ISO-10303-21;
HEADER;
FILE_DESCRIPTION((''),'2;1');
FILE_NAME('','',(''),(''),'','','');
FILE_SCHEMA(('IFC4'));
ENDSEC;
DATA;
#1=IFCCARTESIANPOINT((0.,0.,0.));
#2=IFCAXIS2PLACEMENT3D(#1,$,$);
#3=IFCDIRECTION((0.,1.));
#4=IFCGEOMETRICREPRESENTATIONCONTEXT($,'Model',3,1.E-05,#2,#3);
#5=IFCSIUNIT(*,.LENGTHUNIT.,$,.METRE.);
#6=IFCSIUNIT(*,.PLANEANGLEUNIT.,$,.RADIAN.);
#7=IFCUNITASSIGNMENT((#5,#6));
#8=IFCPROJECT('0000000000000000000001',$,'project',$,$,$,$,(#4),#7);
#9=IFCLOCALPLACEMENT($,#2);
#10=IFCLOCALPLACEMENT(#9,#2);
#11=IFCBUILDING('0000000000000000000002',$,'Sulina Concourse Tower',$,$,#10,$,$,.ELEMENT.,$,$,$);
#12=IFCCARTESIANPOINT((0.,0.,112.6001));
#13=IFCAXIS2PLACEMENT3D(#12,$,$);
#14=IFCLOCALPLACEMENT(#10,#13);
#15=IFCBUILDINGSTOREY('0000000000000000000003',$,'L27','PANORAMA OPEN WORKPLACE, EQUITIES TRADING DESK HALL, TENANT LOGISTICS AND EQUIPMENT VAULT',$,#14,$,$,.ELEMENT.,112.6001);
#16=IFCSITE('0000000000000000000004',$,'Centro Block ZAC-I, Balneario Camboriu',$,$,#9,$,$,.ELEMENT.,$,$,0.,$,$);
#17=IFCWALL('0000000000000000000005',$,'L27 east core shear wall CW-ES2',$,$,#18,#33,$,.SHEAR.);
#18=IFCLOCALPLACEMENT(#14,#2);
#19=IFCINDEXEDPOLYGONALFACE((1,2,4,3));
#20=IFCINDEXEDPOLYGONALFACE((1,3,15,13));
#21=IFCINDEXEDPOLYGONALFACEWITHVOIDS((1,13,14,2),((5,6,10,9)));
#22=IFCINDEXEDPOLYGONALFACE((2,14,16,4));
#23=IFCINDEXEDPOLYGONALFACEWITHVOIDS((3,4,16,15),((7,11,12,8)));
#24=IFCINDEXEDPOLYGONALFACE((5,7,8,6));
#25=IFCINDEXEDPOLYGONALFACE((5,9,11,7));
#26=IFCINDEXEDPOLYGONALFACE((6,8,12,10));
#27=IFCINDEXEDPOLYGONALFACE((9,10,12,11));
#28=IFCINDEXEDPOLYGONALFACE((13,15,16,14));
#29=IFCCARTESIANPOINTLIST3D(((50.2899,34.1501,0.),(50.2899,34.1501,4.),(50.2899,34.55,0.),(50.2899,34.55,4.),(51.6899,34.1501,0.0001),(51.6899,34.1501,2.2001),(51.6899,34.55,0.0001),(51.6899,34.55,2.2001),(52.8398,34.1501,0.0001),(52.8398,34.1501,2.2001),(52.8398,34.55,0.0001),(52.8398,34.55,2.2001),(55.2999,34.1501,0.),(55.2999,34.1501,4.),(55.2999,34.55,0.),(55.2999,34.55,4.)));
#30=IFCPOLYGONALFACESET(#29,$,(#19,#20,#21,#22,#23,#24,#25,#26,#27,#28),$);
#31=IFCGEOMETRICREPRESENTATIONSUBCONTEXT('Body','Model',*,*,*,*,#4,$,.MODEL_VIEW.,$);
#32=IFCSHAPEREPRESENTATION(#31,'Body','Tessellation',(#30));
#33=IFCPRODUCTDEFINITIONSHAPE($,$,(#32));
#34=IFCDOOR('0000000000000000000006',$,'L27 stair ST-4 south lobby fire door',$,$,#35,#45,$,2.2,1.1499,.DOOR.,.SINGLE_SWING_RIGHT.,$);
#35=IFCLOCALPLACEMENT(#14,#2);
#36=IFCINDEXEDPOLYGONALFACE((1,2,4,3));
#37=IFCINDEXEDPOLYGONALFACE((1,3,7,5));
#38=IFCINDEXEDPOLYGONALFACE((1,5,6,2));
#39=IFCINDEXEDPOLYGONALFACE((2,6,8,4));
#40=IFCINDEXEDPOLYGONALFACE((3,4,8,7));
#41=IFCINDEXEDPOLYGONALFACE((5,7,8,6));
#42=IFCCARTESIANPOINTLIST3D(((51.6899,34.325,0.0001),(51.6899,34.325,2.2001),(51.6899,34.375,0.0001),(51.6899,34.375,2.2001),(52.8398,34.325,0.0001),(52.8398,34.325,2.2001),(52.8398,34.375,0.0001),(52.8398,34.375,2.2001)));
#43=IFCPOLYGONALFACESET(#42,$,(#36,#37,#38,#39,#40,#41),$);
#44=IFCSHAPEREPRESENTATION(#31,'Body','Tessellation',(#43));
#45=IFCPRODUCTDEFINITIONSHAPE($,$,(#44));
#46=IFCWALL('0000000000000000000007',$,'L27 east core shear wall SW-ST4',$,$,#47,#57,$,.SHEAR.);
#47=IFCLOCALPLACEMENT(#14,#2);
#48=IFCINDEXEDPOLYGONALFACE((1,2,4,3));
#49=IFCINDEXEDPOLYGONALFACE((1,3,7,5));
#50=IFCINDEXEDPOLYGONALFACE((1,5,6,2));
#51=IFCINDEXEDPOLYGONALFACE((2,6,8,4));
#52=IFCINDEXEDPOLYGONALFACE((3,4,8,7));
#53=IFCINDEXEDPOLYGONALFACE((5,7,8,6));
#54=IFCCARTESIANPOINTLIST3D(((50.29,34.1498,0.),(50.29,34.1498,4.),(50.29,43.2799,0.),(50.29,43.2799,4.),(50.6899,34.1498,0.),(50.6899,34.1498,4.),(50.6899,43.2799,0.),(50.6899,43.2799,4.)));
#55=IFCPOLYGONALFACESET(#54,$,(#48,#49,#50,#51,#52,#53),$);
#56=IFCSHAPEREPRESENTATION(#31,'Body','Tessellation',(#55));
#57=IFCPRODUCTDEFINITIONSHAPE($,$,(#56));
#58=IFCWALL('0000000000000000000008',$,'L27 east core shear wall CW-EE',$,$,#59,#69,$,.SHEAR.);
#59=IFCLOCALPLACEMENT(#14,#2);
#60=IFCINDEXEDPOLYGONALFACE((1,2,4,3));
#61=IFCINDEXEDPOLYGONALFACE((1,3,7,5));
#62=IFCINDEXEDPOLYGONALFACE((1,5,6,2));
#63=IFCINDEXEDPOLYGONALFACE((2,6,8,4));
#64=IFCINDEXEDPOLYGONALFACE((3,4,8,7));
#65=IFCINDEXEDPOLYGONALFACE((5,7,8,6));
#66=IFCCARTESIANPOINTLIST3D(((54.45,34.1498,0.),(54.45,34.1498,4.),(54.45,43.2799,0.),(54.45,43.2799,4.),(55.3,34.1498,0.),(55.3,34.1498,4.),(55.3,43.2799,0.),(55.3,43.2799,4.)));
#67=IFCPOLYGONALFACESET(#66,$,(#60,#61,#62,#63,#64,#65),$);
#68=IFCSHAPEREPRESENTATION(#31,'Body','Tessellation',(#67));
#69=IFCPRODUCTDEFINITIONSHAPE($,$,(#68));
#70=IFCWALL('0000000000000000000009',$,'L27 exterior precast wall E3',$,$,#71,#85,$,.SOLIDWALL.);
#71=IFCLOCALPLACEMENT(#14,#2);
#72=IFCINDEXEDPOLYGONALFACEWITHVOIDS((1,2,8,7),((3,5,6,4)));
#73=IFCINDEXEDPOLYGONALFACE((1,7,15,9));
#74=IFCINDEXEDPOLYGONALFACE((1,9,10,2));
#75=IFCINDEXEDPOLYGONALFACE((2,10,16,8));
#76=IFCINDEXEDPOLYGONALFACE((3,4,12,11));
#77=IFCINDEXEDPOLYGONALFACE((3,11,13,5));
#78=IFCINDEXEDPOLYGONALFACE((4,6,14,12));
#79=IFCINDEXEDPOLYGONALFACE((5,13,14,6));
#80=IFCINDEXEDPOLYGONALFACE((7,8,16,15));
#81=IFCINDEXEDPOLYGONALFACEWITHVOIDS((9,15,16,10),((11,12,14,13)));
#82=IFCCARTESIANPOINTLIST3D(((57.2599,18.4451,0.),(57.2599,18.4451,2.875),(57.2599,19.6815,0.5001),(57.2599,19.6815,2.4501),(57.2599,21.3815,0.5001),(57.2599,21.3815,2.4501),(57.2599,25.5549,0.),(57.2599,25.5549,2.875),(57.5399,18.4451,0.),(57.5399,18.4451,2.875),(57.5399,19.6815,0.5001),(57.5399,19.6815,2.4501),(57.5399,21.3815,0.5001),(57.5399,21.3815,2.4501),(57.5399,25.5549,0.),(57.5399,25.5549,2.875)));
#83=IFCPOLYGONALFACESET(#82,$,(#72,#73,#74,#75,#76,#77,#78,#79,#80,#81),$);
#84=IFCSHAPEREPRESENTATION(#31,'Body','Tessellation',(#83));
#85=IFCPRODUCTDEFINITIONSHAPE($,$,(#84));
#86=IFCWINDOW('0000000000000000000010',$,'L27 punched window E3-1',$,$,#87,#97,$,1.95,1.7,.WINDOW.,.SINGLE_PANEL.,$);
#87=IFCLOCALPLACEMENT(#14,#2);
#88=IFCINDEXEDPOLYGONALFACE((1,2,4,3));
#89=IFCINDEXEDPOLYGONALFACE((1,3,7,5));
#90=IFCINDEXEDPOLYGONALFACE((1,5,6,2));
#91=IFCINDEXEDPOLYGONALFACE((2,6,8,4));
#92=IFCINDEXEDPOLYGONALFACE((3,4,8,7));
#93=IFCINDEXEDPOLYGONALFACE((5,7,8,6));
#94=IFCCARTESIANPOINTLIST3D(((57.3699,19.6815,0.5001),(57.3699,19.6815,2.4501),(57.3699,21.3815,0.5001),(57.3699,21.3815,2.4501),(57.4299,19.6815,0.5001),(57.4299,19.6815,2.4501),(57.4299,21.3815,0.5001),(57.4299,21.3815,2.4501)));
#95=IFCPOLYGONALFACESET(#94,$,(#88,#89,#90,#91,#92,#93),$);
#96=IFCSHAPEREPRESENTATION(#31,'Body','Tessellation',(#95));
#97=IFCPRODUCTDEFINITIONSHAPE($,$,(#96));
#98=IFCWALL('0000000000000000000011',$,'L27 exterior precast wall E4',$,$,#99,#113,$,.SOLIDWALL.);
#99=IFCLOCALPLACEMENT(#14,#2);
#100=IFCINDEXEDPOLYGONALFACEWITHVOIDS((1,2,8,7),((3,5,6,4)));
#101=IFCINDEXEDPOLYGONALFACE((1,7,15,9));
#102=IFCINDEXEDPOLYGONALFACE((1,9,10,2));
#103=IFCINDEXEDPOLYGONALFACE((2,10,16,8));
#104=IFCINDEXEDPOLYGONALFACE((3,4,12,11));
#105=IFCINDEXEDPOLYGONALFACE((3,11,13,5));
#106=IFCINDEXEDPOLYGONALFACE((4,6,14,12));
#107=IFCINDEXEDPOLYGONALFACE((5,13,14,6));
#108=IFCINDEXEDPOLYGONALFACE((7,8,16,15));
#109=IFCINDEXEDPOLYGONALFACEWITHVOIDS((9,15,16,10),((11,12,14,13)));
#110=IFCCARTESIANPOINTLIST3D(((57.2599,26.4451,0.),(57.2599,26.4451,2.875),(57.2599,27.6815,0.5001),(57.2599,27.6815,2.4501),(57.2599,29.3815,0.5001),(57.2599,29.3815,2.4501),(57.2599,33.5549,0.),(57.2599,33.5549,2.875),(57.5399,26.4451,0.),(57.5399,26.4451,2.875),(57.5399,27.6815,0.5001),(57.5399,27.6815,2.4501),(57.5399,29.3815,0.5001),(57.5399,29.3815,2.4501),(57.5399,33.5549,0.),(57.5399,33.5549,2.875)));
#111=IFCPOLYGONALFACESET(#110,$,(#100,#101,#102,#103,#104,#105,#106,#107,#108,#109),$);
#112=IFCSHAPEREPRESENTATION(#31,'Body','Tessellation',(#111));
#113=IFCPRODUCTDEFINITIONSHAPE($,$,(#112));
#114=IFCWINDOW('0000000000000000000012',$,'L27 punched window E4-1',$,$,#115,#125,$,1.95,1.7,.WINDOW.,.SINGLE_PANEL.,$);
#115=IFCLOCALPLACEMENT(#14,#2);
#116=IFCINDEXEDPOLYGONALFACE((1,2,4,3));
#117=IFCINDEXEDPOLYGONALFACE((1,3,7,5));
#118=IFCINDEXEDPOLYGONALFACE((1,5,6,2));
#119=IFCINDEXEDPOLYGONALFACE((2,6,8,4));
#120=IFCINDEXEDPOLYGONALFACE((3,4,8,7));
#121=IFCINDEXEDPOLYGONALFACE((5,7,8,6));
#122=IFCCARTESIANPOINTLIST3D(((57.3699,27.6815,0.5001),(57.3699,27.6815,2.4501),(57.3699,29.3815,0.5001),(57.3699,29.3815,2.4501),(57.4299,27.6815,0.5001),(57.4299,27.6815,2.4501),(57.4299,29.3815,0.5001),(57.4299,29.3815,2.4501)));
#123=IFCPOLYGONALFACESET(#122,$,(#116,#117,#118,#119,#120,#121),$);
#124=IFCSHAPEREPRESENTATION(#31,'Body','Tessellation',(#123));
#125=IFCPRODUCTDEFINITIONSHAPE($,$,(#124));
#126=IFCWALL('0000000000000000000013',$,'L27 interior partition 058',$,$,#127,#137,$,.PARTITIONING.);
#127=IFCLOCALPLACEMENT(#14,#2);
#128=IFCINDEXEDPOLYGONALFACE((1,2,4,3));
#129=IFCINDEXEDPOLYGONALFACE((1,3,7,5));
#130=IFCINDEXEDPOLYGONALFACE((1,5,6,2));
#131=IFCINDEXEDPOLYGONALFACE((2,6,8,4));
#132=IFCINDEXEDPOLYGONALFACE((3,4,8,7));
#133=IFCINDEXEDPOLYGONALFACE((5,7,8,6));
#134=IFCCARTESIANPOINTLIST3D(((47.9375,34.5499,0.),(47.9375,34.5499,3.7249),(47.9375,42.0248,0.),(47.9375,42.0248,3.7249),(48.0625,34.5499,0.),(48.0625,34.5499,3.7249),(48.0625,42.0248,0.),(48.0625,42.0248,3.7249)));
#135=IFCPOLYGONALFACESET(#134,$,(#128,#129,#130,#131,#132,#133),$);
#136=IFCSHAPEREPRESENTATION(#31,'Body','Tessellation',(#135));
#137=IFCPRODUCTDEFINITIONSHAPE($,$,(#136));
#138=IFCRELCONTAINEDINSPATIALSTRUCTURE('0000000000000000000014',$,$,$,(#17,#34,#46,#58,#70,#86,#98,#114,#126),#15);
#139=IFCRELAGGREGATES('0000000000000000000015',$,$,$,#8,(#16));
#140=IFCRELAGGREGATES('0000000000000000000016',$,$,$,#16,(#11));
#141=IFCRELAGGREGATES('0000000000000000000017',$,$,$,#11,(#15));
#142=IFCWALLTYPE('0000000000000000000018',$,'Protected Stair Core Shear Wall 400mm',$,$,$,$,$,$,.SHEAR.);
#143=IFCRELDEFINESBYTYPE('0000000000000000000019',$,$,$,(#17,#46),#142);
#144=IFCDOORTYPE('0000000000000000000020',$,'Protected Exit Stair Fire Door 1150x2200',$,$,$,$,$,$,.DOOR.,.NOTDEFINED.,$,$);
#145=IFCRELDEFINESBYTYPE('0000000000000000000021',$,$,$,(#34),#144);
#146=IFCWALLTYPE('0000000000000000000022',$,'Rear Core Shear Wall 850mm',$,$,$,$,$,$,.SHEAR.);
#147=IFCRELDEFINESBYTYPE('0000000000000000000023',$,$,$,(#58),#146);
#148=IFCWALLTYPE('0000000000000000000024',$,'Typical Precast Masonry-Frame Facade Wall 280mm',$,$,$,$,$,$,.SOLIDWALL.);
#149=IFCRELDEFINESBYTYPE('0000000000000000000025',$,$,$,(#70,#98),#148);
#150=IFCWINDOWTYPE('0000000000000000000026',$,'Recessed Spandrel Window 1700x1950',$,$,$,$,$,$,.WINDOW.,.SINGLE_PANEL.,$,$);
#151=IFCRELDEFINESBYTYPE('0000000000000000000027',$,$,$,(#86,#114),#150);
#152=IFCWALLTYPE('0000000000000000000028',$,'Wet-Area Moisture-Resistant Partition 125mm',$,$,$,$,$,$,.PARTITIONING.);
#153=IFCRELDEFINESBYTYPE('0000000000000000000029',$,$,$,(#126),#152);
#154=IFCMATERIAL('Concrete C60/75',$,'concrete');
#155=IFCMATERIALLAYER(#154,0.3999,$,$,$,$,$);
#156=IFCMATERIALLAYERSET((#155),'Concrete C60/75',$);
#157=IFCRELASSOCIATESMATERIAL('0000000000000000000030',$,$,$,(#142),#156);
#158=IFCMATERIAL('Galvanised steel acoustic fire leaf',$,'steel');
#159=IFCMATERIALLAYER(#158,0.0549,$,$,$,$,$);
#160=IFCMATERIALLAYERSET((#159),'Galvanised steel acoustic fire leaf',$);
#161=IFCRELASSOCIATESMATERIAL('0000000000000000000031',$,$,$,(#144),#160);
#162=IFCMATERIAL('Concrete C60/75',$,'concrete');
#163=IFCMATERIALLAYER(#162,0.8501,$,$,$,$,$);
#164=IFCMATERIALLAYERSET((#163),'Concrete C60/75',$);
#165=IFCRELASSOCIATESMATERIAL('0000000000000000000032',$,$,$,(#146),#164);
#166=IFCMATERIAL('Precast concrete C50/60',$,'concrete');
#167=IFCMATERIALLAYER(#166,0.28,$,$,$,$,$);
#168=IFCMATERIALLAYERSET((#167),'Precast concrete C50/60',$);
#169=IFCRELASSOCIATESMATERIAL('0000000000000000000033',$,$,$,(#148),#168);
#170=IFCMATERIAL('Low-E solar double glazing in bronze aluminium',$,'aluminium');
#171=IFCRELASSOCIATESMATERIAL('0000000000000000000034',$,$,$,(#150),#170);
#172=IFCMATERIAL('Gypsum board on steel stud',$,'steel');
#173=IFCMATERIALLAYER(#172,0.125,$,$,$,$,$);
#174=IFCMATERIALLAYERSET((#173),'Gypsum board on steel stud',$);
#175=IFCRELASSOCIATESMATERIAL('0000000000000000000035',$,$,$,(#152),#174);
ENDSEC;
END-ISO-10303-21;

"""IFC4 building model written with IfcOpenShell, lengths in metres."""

from ifc_helpers import new_model, si_unit, direction, frame, frame_2d, origin, place, context, subcontext, project, spatial, rectangle, extrude, material, layer, layer_set, type_object, element, fill, save


model = new_model("IFC4")

# Units and contexts
model_context = context("Model", 3, precision=1e-05, world=origin(), true_north=direction((0.0, 1.0)))
body_context = subcontext(model_context, "Body", "Model", "MODEL_VIEW")
ifc_project = project(units=[si_unit("LENGTHUNIT", "METRE"), si_unit("PLANEANGLEUNIT", "RADIAN")], contexts=[model_context])

# Site, building, storey
site_placement = place(None, origin())
site = spatial("IfcSite", under=ifc_project, at=site_placement, Name="Centro Block ZAC-I, Balneario Camboriu", CompositionType="ELEMENT", RefElevation=0.0)
building_placement = place(site_placement, origin())
building = spatial("IfcBuilding", under=site, at=building_placement, Name="Sulina Concourse Tower", CompositionType="ELEMENT")
storey_placement = place(building_placement, frame((0.0, 0.0, 112.6001)))
storey = spatial("IfcBuildingStorey", under=building, at=storey_placement, Name="L27", Description="PANORAMA OPEN WORKPLACE, EQUITIES TRADING DESK HALL, TENANT LOGISTICS AND EQUIPMENT VAULT", CompositionType="ELEMENT", Elevation=112.6001)

# Shared definitions
ifc_material_1 = material(Name="Concrete C60/75", Category="concrete")
ifc_layer_1 = layer(ifc_material_1, 0.3999)
ifc_layer_set_1 = layer_set([ifc_layer_1], Name="Concrete C60/75")
wall_type_1 = type_object("IfcWallType", Name="Protected Stair Core Shear Wall 400mm", PredefinedType="SHEAR", material=ifc_layer_set_1)

# Wall, opening, door
wall_1_placement = place(storey_placement, frame((50.29, 34.3501, 0.0), z_axis=(0.0, 0.0, 1.0), x_axis=(1.0, 0.0, 0.0)))
wall_1 = element("IfcWall", 1, at=wall_1_placement, inside=storey, type_object=wall_type_1, Name="L27 east core shear wall CW-ES2", PredefinedType="SHEAR", context=body_context, shape_type="SweptSolid", body=[
    extrude(rectangle(XDim=5.01, YDim=0.3999, at=frame_2d((2.5049, 0.0))), origin(), (0.0, 0.0, 1.0), 4.0),
])
opening_1_placement = place(wall_1_placement, frame((1.3999, 0.0, 0.0)))
opening_1 = element("IfcOpeningElement", 2, at=opening_1_placement, cuts=wall_1, PredefinedType="OPENING", context=body_context, shape_type="SweptSolid", body=[
    extrude(rectangle(XDim=1.1499, YDim=2.2, at=frame_2d((0.575, 1.1001))), frame((0.0, 0.21, 0.0), z_axis=(0.0, -1.0, 0.0), x_axis=(1.0, 0.0, 0.0)), (0.0, 0.0, 1.0), 0.4199),
])
ifc_material_2 = material(Name="Galvanised steel acoustic fire leaf", Category="steel")
ifc_layer_2 = layer(ifc_material_2, 0.0549)
ifc_layer_set_2 = layer_set([ifc_layer_2], Name="Galvanised steel acoustic fire leaf")
door_type_1 = type_object("IfcDoorType", Name="Protected Exit Stair Fire Door 1150x2200", OperationType="NOTDEFINED", PredefinedType="DOOR", material=ifc_layer_set_2)
door_1_placement = place(opening_1_placement, origin())
door_1 = element("IfcDoor", 3, at=door_1_placement, inside=storey, type_object=door_type_1, Name="L27 stair ST-4 south lobby fire door", OperationType="SINGLE_SWING_RIGHT", OverallHeight=2.2, OverallWidth=1.1499, PredefinedType="DOOR", context=body_context, shape_type="SweptSolid", body=[
    extrude(rectangle(XDim=1.1499, YDim=2.2, at=frame_2d((0.575, 1.1001))), frame((0.0, 0.0249, 0.0), z_axis=(0.0, -1.0, 0.0), x_axis=(1.0, 0.0, 0.0)), (0.0, 0.0, 1.0), 0.05),
])
fill(opening_1, door_1)

# Walls
wall_2_placement = place(storey_placement, frame((50.49, 34.1499, 0.0), z_axis=(0.0, 0.0, 1.0), x_axis=(0.0, 1.0, 0.0)))
element("IfcWall", 4, at=wall_2_placement, inside=storey, type_object=wall_type_1, Name="L27 east core shear wall SW-ST4", PredefinedType="SHEAR", context=body_context, shape_type="SweptSolid", body=[
    extrude(rectangle(XDim=9.1301, YDim=0.3999, at=frame_2d((4.5649, 0.0))), origin(), (0.0, 0.0, 1.0), 4.0),
])
ifc_material_3 = material(Name="Concrete C60/75", Category="concrete")
ifc_layer_3 = layer(ifc_material_3, 0.8501)
ifc_layer_set_3 = layer_set([ifc_layer_3], Name="Concrete C60/75")
wall_type_2 = type_object("IfcWallType", Name="Rear Core Shear Wall 850mm", PredefinedType="SHEAR", material=ifc_layer_set_3)
wall_3_placement = place(storey_placement, frame((54.875, 34.1499, 0.0), z_axis=(0.0, 0.0, 1.0), x_axis=(0.0, 1.0, 0.0)))
element("IfcWall", 5, at=wall_3_placement, inside=storey, type_object=wall_type_2, Name="L27 east core shear wall CW-EE", PredefinedType="SHEAR", context=body_context, shape_type="SweptSolid", body=[
    extrude(rectangle(XDim=9.1301, YDim=0.8501, at=frame_2d((4.5649, 0.0))), origin(), (0.0, 0.0, 1.0), 4.0),
])

# Walls, openings, windows
ifc_material_4 = material(Name="Precast concrete C50/60", Category="concrete")
ifc_layer_4 = layer(ifc_material_4, 0.28)
ifc_layer_set_4 = layer_set([ifc_layer_4], Name="Precast concrete C50/60")
wall_type_3 = type_object("IfcWallType", Name="Typical Precast Masonry-Frame Facade Wall 280mm", PredefinedType="SOLIDWALL", material=ifc_layer_set_4)
wall_4_placement = place(storey_placement, frame((57.3999, 25.5549, 0.0), z_axis=(0.0, 0.0, 1.0), x_axis=(0.0, -1.0, 0.0)))
wall_4 = element("IfcWall", 6, at=wall_4_placement, inside=storey, type_object=wall_type_3, Name="L27 exterior precast wall E3", PredefinedType="SOLIDWALL", context=body_context, shape_type="SweptSolid", body=[
    extrude(rectangle(XDim=7.1099, YDim=0.28, at=frame_2d((3.5549, 0.0))), origin(), (0.0, 0.0, 1.0), 2.875),
])
opening_2_placement = place(wall_4_placement, frame((4.1733, 0.0, 0.5)))
opening_2 = element("IfcOpeningElement", 7, at=opening_2_placement, cuts=wall_4, PredefinedType="OPENING", context=body_context, shape_type="SweptSolid", body=[
    extrude(rectangle(XDim=1.7, YDim=1.95, at=frame_2d((0.8501, 0.9751))), frame((0.0, 0.1499, 0.0), z_axis=(0.0, -1.0, 0.0), x_axis=(1.0, 0.0, 0.0)), (0.0, 0.0, 1.0), 0.3),
])
ifc_material_5 = material(Name="Low-E solar double glazing in bronze aluminium", Category="aluminium")
window_type = type_object("IfcWindowType", Name="Recessed Spandrel Window 1700x1950", PartitioningType="SINGLE_PANEL", PredefinedType="WINDOW", material=ifc_material_5)
window_1_placement = place(opening_2_placement, origin())
window_1 = element("IfcWindow", 8, at=window_1_placement, inside=storey, type_object=window_type, Name="L27 punched window E3-1", OverallHeight=1.95, OverallWidth=1.7, PartitioningType="SINGLE_PANEL", PredefinedType="WINDOW", context=body_context, shape_type="SweptSolid", body=[
    extrude(rectangle(XDim=1.7, YDim=1.95, at=frame_2d((0.8501, 0.9751))), frame((0.0, 0.03, 0.0), z_axis=(0.0, -1.0, 0.0), x_axis=(1.0, 0.0, 0.0)), (0.0, 0.0, 1.0), 0.0601),
])
fill(opening_2, window_1)
wall_5_placement = place(storey_placement, frame((57.3999, 33.5549, 0.0), z_axis=(0.0, 0.0, 1.0), x_axis=(0.0, -1.0, 0.0)))
wall_5 = element("IfcWall", 9, at=wall_5_placement, inside=storey, type_object=wall_type_3, Name="L27 exterior precast wall E4", PredefinedType="SOLIDWALL", context=body_context, shape_type="SweptSolid", body=[
    extrude(rectangle(XDim=7.1099, YDim=0.28, at=frame_2d((3.5549, 0.0))), origin(), (0.0, 0.0, 1.0), 2.875),
])
opening_3_placement = place(wall_5_placement, frame((4.1733, 0.0, 0.5)))
opening_3 = element("IfcOpeningElement", 10, at=opening_3_placement, cuts=wall_5, PredefinedType="OPENING", context=body_context, shape_type="SweptSolid", body=[
    extrude(rectangle(XDim=1.7, YDim=1.95, at=frame_2d((0.8501, 0.9751))), frame((0.0, 0.1499, 0.0), z_axis=(0.0, -1.0, 0.0), x_axis=(1.0, 0.0, 0.0)), (0.0, 0.0, 1.0), 0.3),
])
window_2_placement = place(opening_3_placement, origin())
window_2 = element("IfcWindow", 11, at=window_2_placement, inside=storey, type_object=window_type, Name="L27 punched window E4-1", OverallHeight=1.95, OverallWidth=1.7, PartitioningType="SINGLE_PANEL", PredefinedType="WINDOW", context=body_context, shape_type="SweptSolid", body=[
    extrude(rectangle(XDim=1.7, YDim=1.95, at=frame_2d((0.8501, 0.9751))), frame((0.0, 0.03, 0.0), z_axis=(0.0, -1.0, 0.0), x_axis=(1.0, 0.0, 0.0)), (0.0, 0.0, 1.0), 0.0601),
])
fill(opening_3, window_2)

# Wall
ifc_material_6 = material(Name="Gypsum board on steel stud", Category="steel")
ifc_layer_5 = layer(ifc_material_6, 0.125)
ifc_layer_set_5 = layer_set([ifc_layer_5], Name="Gypsum board on steel stud")
wall_type_4 = type_object("IfcWallType", Name="Wet-Area Moisture-Resistant Partition 125mm", PredefinedType="PARTITIONING", material=ifc_layer_set_5)
wall_6_placement = place(storey_placement, frame((48.0, 34.55, 0.0), z_axis=(0.0, 0.0, 1.0), x_axis=(0.0, 1.0, 0.0)))
element("IfcWall", 12, at=wall_6_placement, inside=storey, type_object=wall_type_4, Name="L27 interior partition 058", PredefinedType="PARTITIONING", context=body_context, shape_type="SweptSolid", body=[
    extrude(rectangle(XDim=7.4749, YDim=0.125, at=frame_2d((3.7373, 0.0))), origin(), (0.0, 0.0, 1.0), 3.7249),
])

save(model, "model.ifc")
